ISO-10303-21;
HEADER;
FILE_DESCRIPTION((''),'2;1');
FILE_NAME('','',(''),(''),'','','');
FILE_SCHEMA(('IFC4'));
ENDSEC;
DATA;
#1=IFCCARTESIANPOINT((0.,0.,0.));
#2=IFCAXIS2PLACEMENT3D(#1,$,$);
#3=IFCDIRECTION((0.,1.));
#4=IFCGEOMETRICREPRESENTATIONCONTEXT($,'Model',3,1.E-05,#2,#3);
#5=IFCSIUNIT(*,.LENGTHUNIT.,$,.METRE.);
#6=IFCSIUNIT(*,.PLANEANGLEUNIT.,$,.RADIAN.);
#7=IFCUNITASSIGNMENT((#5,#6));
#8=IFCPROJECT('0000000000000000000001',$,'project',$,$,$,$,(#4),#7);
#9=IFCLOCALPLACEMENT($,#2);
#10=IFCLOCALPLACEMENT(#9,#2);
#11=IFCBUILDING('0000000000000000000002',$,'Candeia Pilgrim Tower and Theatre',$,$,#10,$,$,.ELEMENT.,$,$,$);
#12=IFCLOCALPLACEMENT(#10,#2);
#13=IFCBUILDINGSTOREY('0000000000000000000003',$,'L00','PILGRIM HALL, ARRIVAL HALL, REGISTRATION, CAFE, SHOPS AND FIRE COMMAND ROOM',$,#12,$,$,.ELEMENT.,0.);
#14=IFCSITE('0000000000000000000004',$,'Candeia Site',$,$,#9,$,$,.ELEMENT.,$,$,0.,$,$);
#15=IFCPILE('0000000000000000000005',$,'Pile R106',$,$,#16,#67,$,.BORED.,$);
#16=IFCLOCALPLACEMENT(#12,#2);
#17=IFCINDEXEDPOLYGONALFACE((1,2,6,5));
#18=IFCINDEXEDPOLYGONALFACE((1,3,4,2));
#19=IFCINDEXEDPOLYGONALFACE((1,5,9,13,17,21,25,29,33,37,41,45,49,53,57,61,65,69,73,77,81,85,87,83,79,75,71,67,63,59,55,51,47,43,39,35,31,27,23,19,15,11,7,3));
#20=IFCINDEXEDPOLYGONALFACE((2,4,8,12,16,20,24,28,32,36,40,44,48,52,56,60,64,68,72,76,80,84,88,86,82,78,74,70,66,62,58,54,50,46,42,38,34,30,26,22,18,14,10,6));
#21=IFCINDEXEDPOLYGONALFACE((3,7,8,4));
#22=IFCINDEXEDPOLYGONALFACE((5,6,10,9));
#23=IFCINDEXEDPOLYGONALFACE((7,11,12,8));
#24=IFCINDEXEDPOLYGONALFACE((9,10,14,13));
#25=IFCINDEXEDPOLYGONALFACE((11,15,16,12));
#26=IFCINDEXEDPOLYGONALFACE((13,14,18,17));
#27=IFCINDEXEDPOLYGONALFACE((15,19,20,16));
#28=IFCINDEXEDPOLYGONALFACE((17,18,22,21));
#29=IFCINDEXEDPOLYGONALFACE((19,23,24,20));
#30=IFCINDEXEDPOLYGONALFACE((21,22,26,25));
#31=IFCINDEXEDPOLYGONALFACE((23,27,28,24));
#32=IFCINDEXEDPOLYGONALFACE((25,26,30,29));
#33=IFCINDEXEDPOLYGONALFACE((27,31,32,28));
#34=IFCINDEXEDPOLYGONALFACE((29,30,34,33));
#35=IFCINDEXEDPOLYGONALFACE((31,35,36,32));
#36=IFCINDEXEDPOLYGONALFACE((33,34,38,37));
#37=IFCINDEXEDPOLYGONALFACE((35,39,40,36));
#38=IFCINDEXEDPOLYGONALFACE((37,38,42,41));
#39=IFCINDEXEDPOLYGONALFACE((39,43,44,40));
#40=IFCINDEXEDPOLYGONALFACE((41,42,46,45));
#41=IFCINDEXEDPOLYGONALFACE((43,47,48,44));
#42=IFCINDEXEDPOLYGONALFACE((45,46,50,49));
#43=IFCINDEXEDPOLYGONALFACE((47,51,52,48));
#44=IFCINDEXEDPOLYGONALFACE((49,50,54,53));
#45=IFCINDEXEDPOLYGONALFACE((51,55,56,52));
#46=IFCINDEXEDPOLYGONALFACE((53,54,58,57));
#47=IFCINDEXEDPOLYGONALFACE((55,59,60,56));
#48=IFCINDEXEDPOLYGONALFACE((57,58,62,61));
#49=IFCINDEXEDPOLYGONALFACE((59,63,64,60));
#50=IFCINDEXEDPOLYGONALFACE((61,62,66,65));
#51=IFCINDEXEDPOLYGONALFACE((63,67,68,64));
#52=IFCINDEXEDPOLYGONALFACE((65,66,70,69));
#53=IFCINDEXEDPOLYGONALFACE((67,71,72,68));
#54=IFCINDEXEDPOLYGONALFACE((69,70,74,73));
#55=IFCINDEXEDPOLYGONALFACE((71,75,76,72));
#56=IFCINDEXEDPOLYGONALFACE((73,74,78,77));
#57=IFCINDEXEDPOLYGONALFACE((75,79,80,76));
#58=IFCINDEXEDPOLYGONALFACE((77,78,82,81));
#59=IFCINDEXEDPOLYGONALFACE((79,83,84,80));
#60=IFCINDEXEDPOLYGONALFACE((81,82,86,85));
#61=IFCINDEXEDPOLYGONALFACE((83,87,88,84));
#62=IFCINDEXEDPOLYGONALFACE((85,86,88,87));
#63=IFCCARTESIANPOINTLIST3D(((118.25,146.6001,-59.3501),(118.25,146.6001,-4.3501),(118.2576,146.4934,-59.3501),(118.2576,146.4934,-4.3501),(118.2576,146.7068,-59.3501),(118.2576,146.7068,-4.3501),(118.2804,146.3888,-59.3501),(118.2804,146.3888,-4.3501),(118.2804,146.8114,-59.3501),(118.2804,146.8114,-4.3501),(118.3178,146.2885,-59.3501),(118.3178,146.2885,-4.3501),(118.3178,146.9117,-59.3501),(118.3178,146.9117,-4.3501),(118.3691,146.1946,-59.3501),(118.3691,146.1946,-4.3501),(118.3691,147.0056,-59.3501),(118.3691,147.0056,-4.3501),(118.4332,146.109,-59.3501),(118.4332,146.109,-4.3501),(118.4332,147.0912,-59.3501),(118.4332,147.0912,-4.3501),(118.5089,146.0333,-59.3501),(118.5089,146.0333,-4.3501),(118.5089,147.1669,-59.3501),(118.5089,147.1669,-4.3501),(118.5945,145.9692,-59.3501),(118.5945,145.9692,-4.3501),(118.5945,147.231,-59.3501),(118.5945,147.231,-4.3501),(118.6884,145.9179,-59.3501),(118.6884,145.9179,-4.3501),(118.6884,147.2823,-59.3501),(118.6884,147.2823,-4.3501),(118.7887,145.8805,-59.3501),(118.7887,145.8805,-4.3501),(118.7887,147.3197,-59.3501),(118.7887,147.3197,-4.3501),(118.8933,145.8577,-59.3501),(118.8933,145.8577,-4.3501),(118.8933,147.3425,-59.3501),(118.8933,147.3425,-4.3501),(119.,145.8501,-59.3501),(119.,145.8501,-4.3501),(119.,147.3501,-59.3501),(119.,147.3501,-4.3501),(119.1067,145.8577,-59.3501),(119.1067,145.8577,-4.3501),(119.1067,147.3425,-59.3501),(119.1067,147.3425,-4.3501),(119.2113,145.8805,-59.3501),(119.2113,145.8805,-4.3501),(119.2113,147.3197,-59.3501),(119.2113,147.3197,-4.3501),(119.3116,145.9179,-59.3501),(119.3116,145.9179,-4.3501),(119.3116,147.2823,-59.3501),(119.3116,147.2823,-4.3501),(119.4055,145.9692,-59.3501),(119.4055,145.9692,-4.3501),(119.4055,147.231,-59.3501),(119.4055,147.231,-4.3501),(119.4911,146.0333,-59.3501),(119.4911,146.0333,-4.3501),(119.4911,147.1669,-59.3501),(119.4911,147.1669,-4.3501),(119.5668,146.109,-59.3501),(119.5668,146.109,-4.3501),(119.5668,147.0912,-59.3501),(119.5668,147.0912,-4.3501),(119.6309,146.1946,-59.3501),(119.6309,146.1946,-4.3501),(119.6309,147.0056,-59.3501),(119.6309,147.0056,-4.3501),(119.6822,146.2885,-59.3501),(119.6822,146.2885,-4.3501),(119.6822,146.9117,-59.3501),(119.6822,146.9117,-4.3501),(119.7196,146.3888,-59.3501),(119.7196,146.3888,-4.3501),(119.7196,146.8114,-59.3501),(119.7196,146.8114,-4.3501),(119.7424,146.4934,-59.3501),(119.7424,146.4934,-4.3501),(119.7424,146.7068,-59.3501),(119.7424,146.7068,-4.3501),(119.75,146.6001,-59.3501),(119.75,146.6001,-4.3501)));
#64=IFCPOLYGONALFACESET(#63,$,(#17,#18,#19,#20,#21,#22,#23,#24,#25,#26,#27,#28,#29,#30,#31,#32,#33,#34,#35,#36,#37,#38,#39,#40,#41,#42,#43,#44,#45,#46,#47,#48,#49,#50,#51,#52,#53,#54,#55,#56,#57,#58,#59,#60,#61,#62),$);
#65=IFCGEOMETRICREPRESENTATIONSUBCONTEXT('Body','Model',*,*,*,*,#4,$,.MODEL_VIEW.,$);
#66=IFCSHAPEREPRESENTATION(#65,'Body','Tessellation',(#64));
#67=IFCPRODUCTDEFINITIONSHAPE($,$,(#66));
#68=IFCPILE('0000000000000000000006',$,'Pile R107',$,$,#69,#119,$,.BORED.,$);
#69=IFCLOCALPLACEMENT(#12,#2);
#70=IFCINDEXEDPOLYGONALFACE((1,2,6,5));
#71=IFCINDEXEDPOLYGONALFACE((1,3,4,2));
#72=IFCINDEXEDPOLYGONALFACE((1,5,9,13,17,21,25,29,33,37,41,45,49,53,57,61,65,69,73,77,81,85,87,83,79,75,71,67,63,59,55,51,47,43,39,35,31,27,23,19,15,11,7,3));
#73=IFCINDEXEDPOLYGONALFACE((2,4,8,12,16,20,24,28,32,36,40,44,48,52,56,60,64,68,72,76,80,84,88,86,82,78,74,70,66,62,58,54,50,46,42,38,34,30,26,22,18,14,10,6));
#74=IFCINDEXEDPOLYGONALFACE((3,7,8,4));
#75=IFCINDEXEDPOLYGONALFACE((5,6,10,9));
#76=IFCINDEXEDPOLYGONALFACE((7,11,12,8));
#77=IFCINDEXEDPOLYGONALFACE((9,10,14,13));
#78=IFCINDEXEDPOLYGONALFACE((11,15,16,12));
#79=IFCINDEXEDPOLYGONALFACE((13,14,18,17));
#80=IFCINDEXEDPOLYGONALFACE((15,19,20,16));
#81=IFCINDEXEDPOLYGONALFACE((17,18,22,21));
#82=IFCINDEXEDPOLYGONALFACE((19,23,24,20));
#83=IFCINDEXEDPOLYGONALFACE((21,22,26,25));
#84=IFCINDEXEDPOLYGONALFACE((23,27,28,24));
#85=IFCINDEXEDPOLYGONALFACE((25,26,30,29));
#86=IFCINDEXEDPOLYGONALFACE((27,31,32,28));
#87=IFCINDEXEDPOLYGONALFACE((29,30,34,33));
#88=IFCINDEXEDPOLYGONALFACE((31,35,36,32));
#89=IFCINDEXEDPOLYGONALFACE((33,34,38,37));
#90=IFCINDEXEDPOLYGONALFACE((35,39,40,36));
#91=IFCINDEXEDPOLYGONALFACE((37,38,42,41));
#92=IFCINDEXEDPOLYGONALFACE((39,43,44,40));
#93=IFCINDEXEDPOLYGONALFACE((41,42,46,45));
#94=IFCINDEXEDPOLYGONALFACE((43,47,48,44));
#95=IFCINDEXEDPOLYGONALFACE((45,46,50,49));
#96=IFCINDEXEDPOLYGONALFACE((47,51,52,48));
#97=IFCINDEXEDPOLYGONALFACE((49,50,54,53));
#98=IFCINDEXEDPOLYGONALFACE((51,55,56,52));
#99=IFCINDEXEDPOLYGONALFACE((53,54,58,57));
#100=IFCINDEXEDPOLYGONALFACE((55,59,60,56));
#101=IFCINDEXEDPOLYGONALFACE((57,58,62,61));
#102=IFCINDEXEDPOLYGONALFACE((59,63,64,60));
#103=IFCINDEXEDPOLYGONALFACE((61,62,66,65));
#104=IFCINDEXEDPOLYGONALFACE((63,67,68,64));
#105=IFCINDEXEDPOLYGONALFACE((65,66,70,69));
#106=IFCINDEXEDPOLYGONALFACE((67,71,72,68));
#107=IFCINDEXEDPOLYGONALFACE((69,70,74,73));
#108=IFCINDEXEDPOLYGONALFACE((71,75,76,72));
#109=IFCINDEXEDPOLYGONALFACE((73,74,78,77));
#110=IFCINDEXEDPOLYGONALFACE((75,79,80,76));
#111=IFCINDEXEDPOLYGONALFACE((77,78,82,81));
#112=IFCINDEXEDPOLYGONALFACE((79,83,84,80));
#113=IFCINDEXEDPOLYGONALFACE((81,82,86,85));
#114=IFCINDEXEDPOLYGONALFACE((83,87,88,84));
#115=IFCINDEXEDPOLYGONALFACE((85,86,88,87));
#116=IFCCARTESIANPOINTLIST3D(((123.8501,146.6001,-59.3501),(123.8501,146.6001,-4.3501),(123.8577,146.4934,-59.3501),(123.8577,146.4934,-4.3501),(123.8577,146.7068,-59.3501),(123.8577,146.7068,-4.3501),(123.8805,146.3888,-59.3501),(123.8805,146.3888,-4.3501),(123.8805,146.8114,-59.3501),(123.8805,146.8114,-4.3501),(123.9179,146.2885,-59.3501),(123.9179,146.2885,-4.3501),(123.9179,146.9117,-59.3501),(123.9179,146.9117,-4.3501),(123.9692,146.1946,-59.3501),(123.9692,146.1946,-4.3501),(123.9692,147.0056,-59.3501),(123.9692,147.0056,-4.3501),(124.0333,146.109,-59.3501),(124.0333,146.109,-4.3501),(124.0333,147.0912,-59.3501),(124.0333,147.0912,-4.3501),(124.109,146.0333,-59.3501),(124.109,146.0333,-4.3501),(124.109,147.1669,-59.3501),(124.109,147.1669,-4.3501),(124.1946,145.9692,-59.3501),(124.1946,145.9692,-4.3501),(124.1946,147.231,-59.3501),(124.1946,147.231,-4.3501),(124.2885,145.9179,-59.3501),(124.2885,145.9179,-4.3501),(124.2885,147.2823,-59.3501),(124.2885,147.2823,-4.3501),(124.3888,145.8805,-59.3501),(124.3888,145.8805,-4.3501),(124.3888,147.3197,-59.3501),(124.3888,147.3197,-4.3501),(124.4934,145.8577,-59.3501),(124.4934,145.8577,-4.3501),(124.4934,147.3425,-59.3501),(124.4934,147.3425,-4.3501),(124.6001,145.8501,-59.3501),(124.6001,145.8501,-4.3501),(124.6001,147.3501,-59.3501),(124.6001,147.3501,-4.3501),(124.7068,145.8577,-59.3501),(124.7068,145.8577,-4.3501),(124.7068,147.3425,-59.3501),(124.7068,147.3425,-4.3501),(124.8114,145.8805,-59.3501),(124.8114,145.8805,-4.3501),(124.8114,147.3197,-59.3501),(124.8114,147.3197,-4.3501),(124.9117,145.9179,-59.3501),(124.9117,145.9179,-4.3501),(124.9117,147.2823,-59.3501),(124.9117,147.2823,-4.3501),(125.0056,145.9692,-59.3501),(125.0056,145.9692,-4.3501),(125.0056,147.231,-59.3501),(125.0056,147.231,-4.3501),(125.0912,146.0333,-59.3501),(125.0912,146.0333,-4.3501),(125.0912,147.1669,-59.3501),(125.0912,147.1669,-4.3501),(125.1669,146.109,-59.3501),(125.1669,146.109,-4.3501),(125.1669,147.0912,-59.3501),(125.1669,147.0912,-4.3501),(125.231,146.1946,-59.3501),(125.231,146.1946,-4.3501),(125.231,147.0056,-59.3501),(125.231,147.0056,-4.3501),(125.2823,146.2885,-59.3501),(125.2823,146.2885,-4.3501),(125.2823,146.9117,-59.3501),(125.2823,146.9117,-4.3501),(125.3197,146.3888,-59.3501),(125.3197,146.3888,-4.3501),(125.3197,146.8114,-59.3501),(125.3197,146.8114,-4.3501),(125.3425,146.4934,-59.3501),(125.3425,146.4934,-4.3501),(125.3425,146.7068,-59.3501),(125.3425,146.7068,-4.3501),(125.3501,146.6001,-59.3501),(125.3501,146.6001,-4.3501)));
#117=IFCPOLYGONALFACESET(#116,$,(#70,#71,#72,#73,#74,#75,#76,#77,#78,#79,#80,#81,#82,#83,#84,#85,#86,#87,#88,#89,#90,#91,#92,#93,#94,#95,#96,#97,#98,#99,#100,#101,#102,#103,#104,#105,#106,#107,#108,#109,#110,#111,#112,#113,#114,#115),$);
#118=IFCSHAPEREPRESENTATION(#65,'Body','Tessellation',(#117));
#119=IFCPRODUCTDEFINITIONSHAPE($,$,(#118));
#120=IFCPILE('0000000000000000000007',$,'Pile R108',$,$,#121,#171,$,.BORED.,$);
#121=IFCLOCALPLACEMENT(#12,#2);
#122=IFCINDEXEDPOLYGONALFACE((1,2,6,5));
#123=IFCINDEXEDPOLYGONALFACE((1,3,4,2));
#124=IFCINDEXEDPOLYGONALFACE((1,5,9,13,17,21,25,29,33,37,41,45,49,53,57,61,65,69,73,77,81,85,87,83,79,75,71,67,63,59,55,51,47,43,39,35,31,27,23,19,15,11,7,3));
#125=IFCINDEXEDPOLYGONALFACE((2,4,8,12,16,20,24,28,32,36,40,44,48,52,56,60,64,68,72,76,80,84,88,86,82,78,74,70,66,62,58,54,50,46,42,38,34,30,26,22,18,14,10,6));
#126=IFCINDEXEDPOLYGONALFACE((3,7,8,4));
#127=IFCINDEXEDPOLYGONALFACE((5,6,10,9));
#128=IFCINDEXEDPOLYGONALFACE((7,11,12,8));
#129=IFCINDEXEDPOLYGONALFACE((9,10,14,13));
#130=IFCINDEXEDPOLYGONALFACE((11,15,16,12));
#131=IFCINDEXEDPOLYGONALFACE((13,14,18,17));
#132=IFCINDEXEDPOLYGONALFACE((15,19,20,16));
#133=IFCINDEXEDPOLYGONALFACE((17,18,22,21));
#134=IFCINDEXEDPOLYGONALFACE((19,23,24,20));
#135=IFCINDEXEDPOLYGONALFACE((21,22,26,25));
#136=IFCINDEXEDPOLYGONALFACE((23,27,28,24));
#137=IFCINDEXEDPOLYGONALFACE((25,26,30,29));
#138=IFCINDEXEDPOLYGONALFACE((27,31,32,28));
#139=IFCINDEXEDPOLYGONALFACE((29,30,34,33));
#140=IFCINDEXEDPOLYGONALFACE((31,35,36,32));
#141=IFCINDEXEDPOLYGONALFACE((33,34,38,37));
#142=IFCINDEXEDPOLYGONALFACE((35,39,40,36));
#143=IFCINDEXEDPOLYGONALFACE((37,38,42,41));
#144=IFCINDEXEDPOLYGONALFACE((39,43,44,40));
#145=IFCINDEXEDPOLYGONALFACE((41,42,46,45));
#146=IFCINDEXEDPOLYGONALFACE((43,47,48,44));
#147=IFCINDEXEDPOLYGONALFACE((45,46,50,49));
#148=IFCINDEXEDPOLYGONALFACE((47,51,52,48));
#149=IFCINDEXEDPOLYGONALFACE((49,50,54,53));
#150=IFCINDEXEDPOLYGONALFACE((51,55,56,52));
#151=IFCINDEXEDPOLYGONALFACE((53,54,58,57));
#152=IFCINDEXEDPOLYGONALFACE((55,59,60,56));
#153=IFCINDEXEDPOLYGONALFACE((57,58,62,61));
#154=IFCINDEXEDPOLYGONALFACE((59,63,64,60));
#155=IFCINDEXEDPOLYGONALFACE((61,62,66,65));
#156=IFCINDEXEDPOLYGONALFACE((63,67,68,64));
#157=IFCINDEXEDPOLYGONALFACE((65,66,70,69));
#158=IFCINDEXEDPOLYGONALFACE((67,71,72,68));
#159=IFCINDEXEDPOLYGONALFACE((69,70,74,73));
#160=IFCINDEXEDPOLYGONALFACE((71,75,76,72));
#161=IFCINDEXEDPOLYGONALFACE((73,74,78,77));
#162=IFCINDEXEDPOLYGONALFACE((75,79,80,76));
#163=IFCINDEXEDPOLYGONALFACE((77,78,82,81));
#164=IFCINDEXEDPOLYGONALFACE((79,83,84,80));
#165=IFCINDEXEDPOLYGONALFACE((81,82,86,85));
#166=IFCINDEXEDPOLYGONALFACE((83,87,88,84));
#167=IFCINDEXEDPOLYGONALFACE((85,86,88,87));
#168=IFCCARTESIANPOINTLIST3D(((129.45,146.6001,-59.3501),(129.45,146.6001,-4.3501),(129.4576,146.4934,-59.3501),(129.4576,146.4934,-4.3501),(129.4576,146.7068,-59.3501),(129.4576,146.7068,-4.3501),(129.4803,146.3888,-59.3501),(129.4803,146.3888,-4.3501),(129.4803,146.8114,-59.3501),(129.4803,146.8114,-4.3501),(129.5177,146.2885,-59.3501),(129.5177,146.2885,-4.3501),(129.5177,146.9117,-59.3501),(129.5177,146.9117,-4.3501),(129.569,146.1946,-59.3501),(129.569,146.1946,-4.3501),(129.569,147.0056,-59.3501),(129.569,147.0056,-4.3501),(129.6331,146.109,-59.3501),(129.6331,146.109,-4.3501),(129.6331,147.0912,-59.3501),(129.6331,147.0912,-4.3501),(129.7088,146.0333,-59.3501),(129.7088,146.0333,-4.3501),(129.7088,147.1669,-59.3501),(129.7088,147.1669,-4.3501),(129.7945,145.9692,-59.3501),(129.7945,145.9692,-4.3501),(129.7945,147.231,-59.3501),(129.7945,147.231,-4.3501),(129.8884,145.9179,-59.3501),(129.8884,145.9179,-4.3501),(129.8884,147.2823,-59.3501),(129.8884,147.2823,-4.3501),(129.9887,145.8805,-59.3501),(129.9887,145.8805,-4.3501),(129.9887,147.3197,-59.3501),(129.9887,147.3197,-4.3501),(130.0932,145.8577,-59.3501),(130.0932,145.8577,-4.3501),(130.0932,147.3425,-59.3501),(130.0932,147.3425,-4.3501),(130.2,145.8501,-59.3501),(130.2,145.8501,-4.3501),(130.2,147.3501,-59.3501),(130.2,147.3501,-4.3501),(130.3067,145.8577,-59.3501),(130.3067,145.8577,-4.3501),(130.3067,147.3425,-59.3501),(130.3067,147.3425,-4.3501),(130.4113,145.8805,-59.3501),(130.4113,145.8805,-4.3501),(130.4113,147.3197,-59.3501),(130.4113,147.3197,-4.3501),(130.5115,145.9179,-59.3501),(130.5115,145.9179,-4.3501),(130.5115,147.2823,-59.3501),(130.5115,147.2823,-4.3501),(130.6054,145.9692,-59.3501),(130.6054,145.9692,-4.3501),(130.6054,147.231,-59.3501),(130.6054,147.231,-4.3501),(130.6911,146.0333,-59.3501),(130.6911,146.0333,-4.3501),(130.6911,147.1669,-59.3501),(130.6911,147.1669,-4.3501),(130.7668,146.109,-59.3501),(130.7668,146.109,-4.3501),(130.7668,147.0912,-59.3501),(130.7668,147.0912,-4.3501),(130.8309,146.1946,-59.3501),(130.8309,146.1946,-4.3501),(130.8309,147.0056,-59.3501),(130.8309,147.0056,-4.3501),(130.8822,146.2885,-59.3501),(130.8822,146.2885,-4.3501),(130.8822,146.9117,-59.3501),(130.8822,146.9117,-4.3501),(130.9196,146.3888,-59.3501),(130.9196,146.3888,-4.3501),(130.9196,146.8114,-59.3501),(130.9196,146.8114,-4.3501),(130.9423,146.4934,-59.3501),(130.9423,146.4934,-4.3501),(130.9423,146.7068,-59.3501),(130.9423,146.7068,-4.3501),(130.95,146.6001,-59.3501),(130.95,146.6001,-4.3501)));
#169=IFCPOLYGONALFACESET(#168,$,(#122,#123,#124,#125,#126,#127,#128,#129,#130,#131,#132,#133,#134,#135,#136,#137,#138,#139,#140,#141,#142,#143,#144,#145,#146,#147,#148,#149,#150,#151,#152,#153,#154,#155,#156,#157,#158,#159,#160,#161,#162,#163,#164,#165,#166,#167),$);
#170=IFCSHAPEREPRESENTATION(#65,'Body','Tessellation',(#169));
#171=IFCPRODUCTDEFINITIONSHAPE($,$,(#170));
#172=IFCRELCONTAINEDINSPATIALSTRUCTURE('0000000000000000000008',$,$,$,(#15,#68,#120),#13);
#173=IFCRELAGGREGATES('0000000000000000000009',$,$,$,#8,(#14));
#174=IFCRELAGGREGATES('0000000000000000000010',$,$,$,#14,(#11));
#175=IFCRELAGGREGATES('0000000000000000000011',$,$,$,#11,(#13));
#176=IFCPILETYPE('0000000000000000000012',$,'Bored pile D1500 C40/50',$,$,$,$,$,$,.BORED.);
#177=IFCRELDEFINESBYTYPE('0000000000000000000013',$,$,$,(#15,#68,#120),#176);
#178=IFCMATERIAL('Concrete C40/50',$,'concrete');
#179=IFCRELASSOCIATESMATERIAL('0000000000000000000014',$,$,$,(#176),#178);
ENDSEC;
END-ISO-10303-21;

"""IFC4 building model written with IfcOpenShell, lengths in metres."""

from ifc_helpers import new_model, si_unit, direction, frame, origin, origin_2d, place, context, subcontext, project, spatial, circle, extrude, material, material_profile, profile_set, type_object, element, save


model = new_model("IFC4")

# Units and contexts
model_context = context("Model", 3, precision=1e-05, world=origin(), true_north=direction((0.0, 1.0)))
body_context = subcontext(model_context, "Body", "Model", "MODEL_VIEW")
ifc_project = project(units=[si_unit("LENGTHUNIT", "METRE"), si_unit("PLANEANGLEUNIT", "RADIAN")], contexts=[model_context])

# Site, building, storey
site_placement = place(None, origin())
site = spatial("IfcSite", under=ifc_project, at=site_placement, Name="Candeia Site", CompositionType="ELEMENT", RefElevation=0.0)
building_placement = place(site_placement, origin())
building = spatial("IfcBuilding", under=site, at=building_placement, Name="Candeia Pilgrim Tower and Theatre", CompositionType="ELEMENT")
storey_placement = place(building_placement, origin())
storey = spatial("IfcBuildingStorey", under=building, at=storey_placement, Name="L00", Description="PILGRIM HALL, ARRIVAL HALL, REGISTRATION, CAFE, SHOPS AND FIRE COMMAND ROOM", CompositionType="ELEMENT", Elevation=0.0)

# Piles
ifc_material_1 = material(Name="Concrete C40/50", Category="concrete")
ifc_material_profile_1 = material_profile(ifc_material_1, circle(Radius=0.75, at=origin_2d()))
ifc_profile_set_1 = profile_set([ifc_material_profile_1], Name="Concrete C40/50")
pile_type = type_object("IfcPileType", Name="Bored pile D1500 C40/50", PredefinedType="BORED", material=ifc_profile_set_1)
for number, where, z_axis, x_axis, name in (
    (1, (119.0, 146.6001, -4.3501), (0.0, 0.0, -1.0), (1.0, 0.0, 0.0), "Pile R106"),
    (2, (124.6001, 146.6001, -4.3501), (0.0, 0.0, -1.0), (1.0, 0.0, 0.0), "Pile R107"),
    (3, (130.2, 146.6001, -4.3501), (0.0, 0.0, -1.0), (1.0, 0.0, 0.0), "Pile R108"),
):
    element("IfcPile", number, at=place(storey_placement, frame(where, z_axis=z_axis, x_axis=x_axis)), inside=storey, type_object=pile_type, Name=name, PredefinedType="BORED", context=body_context, shape_type="SweptSolid", body=[
        extrude(circle(Radius=0.75, at=origin_2d()), origin(), (0.0, 0.0, 1.0), 55.0),
    ])

save(model, "model.ifc")
